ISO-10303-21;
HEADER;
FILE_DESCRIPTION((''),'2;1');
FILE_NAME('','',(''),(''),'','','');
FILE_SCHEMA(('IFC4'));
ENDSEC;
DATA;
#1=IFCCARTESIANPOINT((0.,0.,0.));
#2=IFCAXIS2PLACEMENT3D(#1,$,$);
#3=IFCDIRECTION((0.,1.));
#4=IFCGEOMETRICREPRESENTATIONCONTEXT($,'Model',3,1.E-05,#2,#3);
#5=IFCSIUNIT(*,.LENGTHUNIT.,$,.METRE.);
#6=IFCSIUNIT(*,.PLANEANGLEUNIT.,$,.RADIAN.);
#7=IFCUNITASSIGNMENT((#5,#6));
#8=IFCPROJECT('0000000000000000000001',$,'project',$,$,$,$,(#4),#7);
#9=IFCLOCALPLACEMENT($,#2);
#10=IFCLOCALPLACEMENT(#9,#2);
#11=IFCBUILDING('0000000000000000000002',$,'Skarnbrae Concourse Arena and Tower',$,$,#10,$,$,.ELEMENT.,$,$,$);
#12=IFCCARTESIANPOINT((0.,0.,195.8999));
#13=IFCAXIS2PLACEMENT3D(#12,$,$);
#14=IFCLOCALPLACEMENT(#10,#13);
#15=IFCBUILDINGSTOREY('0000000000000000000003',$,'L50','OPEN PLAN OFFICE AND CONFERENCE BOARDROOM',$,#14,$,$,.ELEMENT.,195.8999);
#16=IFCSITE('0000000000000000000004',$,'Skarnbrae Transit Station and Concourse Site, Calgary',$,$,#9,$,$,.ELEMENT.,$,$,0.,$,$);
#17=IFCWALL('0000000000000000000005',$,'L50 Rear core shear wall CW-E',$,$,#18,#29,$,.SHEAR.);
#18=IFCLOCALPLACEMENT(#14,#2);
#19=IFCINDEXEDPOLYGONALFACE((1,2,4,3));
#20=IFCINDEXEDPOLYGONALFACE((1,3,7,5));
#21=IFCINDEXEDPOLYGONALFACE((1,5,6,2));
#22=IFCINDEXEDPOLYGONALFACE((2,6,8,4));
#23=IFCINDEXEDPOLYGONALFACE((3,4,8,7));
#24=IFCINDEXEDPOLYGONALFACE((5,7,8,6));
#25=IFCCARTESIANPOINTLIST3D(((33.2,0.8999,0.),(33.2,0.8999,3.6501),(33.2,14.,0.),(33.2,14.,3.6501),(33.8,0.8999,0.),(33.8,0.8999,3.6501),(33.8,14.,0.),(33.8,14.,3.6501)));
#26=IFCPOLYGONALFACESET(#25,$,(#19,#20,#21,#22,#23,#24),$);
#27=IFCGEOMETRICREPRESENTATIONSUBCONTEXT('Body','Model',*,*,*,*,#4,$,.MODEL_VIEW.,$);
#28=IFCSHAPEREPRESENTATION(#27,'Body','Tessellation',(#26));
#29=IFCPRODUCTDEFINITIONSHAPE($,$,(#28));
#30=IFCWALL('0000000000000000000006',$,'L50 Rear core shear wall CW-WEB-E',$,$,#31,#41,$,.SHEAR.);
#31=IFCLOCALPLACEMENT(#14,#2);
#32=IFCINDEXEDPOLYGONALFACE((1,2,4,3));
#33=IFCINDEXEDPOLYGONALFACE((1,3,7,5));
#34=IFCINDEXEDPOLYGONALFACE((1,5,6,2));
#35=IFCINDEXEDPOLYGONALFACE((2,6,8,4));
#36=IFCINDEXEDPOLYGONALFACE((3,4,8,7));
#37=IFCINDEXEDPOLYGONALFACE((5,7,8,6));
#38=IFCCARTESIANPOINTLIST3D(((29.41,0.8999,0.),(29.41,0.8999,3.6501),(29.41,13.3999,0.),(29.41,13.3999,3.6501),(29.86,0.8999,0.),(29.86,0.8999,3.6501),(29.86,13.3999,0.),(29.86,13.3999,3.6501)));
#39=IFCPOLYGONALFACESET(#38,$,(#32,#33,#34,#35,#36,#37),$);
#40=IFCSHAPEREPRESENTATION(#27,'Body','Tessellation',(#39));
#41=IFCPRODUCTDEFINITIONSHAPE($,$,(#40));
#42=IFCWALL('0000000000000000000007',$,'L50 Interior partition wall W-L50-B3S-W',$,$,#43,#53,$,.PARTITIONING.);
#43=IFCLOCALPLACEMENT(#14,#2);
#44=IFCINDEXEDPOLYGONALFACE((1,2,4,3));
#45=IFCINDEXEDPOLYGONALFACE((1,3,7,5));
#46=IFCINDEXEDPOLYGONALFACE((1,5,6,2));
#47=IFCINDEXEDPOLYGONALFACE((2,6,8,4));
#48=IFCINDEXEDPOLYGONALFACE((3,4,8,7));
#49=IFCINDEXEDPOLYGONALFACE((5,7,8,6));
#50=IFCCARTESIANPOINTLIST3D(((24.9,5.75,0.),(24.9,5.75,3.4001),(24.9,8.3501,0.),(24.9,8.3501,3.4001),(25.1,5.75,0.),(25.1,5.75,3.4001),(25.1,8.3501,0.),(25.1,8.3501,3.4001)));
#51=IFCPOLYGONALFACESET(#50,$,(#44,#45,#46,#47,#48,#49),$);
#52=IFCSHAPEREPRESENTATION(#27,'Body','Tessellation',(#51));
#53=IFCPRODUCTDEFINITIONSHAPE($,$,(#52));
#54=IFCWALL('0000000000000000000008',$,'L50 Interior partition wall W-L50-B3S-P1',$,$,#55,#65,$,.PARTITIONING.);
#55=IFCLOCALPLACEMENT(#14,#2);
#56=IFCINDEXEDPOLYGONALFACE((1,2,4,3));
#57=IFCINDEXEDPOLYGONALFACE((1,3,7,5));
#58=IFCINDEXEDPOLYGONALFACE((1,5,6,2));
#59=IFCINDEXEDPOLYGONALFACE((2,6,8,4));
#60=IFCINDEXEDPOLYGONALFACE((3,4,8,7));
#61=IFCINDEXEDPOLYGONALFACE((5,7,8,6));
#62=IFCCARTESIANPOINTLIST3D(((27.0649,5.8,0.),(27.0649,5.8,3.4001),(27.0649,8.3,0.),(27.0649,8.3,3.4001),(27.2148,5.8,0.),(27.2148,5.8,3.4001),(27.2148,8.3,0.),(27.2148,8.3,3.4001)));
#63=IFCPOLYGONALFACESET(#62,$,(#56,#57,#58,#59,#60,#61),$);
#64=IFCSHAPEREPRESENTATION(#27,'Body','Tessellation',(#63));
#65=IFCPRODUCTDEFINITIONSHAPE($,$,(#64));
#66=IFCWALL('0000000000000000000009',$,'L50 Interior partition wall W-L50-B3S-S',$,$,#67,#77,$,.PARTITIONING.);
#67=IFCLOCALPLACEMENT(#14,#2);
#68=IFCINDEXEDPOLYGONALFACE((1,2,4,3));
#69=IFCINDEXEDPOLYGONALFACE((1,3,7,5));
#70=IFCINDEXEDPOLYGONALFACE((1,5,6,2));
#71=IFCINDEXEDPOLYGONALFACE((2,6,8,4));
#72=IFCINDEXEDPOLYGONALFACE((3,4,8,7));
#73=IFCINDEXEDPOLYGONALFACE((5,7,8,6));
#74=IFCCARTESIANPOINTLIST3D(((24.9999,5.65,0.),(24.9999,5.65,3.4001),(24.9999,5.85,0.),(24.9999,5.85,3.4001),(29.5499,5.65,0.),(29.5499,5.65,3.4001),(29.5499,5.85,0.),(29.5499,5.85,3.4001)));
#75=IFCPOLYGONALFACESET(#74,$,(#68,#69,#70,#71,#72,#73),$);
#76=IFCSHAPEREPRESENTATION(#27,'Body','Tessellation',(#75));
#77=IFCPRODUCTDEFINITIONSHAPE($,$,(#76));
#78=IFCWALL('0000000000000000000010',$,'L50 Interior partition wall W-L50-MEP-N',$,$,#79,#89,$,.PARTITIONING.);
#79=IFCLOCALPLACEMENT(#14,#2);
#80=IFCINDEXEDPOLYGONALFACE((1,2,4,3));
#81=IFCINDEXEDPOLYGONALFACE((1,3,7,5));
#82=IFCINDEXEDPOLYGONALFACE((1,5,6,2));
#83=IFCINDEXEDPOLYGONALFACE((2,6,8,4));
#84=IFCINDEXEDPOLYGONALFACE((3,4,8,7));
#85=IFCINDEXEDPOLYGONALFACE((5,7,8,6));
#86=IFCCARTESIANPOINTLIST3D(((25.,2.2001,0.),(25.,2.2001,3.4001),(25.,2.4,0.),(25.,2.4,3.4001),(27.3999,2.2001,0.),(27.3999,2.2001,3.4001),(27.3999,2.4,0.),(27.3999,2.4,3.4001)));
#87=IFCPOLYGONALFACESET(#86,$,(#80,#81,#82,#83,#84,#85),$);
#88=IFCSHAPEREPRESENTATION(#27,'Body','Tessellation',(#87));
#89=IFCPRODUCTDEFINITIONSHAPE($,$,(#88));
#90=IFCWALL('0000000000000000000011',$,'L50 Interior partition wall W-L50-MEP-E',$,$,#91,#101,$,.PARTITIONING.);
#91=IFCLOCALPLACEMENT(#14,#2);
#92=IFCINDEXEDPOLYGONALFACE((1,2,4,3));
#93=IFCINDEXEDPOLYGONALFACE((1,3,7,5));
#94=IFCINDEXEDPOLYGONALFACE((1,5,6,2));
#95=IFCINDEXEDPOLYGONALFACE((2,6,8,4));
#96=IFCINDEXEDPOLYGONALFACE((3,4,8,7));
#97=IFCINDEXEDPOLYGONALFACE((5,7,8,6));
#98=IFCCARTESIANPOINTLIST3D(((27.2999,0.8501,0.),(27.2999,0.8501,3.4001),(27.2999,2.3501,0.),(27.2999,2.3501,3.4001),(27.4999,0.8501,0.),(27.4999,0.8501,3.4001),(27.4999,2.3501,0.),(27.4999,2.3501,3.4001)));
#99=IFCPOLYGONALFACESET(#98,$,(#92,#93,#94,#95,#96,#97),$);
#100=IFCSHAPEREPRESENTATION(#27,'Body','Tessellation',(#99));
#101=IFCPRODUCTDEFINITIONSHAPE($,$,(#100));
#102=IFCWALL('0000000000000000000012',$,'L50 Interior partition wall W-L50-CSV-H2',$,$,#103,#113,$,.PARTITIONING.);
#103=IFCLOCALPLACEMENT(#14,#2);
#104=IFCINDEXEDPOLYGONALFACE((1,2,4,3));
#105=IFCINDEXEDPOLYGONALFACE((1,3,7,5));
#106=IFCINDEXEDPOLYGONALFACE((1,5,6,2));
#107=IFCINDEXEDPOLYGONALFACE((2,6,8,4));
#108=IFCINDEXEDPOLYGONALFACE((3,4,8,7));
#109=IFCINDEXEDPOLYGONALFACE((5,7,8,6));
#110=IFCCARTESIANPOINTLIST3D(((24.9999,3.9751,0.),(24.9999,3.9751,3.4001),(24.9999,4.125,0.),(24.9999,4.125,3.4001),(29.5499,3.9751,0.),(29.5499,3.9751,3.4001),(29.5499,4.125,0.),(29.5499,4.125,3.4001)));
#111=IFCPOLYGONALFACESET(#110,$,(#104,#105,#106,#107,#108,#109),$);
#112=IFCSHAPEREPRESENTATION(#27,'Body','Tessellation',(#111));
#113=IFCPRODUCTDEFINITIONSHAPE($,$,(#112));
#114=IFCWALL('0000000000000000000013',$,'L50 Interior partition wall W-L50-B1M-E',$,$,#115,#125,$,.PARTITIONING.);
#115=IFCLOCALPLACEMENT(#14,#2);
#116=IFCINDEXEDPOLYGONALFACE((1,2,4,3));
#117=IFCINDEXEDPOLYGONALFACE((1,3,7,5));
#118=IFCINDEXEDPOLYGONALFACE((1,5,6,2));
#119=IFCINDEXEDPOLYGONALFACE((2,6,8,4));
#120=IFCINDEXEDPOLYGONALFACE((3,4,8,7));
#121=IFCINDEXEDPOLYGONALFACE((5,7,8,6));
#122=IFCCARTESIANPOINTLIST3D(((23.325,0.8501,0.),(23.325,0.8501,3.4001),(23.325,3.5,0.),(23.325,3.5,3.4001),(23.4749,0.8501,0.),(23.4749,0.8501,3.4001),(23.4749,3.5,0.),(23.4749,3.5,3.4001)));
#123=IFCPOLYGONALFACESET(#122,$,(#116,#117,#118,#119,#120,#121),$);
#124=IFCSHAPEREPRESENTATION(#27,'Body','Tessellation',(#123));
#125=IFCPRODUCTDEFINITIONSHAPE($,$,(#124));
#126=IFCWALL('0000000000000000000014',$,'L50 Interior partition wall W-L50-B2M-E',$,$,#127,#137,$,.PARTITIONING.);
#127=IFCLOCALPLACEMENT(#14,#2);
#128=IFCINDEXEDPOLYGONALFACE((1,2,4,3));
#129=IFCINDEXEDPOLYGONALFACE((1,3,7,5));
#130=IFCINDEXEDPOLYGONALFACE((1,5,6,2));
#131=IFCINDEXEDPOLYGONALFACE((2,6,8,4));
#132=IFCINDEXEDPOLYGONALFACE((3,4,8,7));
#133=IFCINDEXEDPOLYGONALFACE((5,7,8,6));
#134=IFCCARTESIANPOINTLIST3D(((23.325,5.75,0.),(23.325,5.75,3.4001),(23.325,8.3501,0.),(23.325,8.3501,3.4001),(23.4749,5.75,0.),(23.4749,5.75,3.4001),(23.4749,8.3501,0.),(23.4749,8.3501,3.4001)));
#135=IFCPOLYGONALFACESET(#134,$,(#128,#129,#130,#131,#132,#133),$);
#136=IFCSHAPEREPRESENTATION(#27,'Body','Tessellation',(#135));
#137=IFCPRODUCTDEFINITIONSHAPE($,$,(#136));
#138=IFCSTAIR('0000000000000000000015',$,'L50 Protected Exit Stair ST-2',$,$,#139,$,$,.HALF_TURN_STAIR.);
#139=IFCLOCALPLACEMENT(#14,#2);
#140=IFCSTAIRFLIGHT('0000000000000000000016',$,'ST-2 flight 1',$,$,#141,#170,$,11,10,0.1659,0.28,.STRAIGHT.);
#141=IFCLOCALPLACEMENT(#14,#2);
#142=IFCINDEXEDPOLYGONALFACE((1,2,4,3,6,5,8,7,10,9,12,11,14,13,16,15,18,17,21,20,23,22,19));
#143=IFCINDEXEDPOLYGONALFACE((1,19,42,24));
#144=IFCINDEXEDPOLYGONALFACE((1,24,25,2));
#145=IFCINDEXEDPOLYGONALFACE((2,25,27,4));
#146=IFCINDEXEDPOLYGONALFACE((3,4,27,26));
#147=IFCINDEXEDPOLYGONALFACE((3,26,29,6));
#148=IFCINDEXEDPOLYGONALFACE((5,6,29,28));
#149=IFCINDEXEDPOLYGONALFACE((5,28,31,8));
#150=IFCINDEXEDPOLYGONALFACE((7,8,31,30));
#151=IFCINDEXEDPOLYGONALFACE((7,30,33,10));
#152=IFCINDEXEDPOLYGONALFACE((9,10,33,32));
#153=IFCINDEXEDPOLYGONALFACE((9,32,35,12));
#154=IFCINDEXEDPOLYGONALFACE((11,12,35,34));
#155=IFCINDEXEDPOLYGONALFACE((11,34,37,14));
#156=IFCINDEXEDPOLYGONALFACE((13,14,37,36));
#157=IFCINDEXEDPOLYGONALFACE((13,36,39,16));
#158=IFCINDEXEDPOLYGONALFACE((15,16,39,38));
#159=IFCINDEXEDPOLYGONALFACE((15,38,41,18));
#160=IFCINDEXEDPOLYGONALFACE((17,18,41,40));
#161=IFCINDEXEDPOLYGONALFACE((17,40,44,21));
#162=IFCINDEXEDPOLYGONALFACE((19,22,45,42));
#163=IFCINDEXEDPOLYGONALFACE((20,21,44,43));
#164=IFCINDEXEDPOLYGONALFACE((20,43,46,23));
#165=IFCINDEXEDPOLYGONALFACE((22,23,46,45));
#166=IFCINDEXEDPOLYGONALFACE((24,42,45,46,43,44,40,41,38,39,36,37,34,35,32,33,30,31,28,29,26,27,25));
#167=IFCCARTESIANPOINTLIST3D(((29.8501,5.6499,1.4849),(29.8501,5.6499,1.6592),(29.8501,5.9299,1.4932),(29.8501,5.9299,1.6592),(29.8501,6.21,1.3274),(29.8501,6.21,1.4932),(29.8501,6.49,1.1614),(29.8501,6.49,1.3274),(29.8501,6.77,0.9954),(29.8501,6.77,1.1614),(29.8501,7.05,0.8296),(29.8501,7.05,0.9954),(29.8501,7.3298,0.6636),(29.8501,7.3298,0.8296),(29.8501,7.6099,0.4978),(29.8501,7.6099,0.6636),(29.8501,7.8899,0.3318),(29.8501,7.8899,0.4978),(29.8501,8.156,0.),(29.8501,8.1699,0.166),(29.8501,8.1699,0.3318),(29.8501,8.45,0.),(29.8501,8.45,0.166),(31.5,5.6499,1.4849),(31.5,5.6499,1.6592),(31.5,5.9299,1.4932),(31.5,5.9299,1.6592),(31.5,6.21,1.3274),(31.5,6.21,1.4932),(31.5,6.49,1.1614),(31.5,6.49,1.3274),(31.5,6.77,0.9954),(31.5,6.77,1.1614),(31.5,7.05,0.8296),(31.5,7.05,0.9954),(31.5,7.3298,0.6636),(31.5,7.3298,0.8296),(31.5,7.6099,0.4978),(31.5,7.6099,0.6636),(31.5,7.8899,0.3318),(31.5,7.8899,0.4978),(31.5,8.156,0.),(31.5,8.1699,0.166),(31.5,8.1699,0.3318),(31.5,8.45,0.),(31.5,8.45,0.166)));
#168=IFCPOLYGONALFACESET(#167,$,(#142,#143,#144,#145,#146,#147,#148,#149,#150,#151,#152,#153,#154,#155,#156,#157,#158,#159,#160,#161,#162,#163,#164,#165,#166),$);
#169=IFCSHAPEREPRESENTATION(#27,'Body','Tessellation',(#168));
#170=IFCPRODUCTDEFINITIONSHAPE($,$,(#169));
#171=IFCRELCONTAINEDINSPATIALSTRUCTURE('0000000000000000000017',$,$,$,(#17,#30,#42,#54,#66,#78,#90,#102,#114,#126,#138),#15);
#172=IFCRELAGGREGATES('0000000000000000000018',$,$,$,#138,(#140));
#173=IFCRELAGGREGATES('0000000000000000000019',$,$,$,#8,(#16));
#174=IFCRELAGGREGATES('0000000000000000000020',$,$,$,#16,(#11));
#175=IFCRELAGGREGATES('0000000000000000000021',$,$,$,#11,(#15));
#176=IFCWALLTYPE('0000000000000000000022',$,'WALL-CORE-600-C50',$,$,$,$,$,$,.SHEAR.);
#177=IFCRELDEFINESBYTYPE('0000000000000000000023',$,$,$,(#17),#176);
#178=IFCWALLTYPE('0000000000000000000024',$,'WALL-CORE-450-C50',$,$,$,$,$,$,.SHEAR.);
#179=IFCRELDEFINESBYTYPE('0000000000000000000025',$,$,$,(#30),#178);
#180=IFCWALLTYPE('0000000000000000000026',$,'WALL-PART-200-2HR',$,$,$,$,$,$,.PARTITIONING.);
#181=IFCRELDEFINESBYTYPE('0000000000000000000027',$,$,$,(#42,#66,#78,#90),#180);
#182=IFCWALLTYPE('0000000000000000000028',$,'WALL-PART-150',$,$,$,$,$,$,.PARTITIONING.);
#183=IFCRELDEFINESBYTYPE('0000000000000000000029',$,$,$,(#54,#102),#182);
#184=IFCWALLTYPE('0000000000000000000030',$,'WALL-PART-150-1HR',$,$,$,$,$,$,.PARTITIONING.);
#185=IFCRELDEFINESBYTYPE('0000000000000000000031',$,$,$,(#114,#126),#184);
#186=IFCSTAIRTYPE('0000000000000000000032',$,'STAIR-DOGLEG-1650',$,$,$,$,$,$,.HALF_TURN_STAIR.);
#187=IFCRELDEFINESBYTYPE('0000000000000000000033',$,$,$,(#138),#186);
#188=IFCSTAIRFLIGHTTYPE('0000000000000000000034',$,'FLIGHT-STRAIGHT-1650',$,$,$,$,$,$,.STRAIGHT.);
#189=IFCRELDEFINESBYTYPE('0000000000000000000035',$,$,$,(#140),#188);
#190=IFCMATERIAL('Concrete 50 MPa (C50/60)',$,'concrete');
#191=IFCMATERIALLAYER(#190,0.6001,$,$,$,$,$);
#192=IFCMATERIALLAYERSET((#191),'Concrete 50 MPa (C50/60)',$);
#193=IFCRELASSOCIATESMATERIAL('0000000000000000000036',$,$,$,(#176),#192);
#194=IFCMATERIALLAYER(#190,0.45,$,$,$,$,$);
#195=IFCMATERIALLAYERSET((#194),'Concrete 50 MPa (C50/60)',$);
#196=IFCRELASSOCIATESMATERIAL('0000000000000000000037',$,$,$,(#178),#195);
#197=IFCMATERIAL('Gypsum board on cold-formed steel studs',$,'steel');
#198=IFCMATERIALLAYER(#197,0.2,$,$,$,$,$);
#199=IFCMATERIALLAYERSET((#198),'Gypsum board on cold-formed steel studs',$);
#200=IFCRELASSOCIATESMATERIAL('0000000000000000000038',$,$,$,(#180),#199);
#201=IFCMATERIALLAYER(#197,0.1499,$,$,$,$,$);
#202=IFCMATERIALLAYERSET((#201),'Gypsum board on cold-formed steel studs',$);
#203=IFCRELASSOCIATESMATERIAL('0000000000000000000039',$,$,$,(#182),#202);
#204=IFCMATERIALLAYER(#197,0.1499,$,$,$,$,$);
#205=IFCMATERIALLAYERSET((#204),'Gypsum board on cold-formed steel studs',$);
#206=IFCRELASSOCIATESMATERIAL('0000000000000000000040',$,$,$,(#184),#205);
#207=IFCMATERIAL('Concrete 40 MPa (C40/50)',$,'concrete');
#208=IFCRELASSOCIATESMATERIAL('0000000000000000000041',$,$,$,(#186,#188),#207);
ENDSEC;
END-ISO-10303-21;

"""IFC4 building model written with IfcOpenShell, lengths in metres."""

from ifc_helpers import new_model, si_unit, direction, frame, frame_2d, origin, place, context, subcontext, project, spatial, polyline, rectangle, outline, extrude, source, transform, mapped, material, layer, layer_set, type_object, element, aggregate, save


model = new_model("IFC4")

# Units and contexts
model_context = context("Model", 3, precision=1e-05, world=origin(), true_north=direction((0.0, 1.0)))
body_context = subcontext(model_context, "Body", "Model", "MODEL_VIEW")
ifc_project = project(units=[si_unit("LENGTHUNIT", "METRE"), si_unit("PLANEANGLEUNIT", "RADIAN")], contexts=[model_context])

# Site, building, storey
site_placement = place(None, origin())
site = spatial("IfcSite", under=ifc_project, at=site_placement, Name="Skarnbrae Transit Station and Concourse Site, Calgary", CompositionType="ELEMENT", RefElevation=0.0)
building_placement = place(site_placement, origin())
building = spatial("IfcBuilding", under=site, at=building_placement, Name="Skarnbrae Concourse Arena and Tower", CompositionType="ELEMENT")
storey_placement = place(building_placement, frame((0.0, 0.0, 195.8999)))
storey = spatial("IfcBuildingStorey", under=building, at=storey_placement, Name="L50", Description="OPEN PLAN OFFICE AND CONFERENCE BOARDROOM", CompositionType="ELEMENT", Elevation=195.8999)

# Walls
ifc_material_1 = material(Name="Concrete 50 MPa (C50/60)", Category="concrete")
ifc_layer_1 = layer(ifc_material_1, 0.6001)
ifc_layer_set_1 = layer_set([ifc_layer_1], Name="Concrete 50 MPa (C50/60)")
wall_type_1 = type_object("IfcWallType", Name="WALL-CORE-600-C50", PredefinedType="SHEAR", material=ifc_layer_set_1)
shared_shape_1 = source(origin(), body_context, "Body", "SweptSolid", [
    extrude(rectangle(XDim=13.1001, YDim=0.6001, at=frame_2d((6.55, 0.0))), origin(), (0.0, 0.0, 1.0), 3.6501),
])
wall_1_placement = place(storey_placement, frame((33.5, 0.8999, 0.0), z_axis=(0.0, 0.0, 1.0), x_axis=(0.0, 1.0, 0.0)))
element("IfcWall", 1, at=wall_1_placement, inside=storey, type_object=wall_type_1, Name="L50 Rear core shear wall CW-E", PredefinedType="SHEAR", context=body_context, shape_type="MappedRepresentation", body=[
    mapped(shared_shape_1, transform((0.0, 0.0, 0.0))),
])
ifc_layer_2 = layer(ifc_material_1, 0.45)
ifc_layer_set_2 = layer_set([ifc_layer_2], Name="Concrete 50 MPa (C50/60)")
wall_type_2 = type_object("IfcWallType", Name="WALL-CORE-450-C50", PredefinedType="SHEAR", material=ifc_layer_set_2)
shared_shape_2 = source(origin(), body_context, "Body", "SweptSolid", [
    extrude(rectangle(XDim=12.5, YDim=0.45, at=frame_2d((6.25, 0.0))), origin(), (0.0, 0.0, 1.0), 3.6501),
])
wall_2_placement = place(storey_placement, frame((29.635, 0.8999, 0.0), z_axis=(0.0, 0.0, 1.0), x_axis=(0.0, 1.0, 0.0)))
element("IfcWall", 2, at=wall_2_placement, inside=storey, type_object=wall_type_2, Name="L50 Rear core shear wall CW-WEB-E", PredefinedType="SHEAR", context=body_context, shape_type="MappedRepresentation", body=[
    mapped(shared_shape_2, transform((0.0, 0.0, 0.0))),
])
ifc_material_2 = material(Name="Gypsum board on cold-formed steel studs", Category="steel")
ifc_layer_3 = layer(ifc_material_2, 0.2)
ifc_layer_set_3 = layer_set([ifc_layer_3], Name="Gypsum board on cold-formed steel studs")
wall_type_3 = type_object("IfcWallType", Name="WALL-PART-200-2HR", PredefinedType="PARTITIONING", material=ifc_layer_set_3)
shared_shape_3 = source(origin(), body_context, "Body", "SweptSolid", [
    extrude(rectangle(XDim=2.6001, YDim=0.2, at=frame_2d((1.3, 0.0))), origin(), (0.0, 0.0, 1.0), 3.4001),
])
wall_3_placement = place(storey_placement, frame((25.0, 5.75, 0.0), z_axis=(0.0, 0.0, 1.0), x_axis=(0.0, 1.0, 0.0)))
element("IfcWall", 3, at=wall_3_placement, inside=storey, type_object=wall_type_3, Name="L50 Interior partition wall W-L50-B3S-W", PredefinedType="PARTITIONING", context=body_context, shape_type="MappedRepresentation", body=[
    mapped(shared_shape_3, transform((0.0, 0.0, 0.0))),
])
ifc_layer_4 = layer(ifc_material_2, 0.1499)
ifc_layer_set_4 = layer_set([ifc_layer_4], Name="Gypsum board on cold-formed steel studs")
wall_type_4 = type_object("IfcWallType", Name="WALL-PART-150", PredefinedType="PARTITIONING", material=ifc_layer_set_4)
shared_shape_4 = source(origin(), body_context, "Body", "SweptSolid", [
    extrude(rectangle(XDim=2.5, YDim=0.1499, at=frame_2d((1.25, 0.0))), origin(), (0.0, 0.0, 1.0), 3.4001),
])
wall_4_placement = place(storey_placement, frame((27.1399, 5.8, 0.0), z_axis=(0.0, 0.0, 1.0), x_axis=(0.0, 1.0, 0.0)))
element("IfcWall", 4, at=wall_4_placement, inside=storey, type_object=wall_type_4, Name="L50 Interior partition wall W-L50-B3S-P1", PredefinedType="PARTITIONING", context=body_context, shape_type="MappedRepresentation", body=[
    mapped(shared_shape_4, transform((0.0, 0.0, 0.0))),
])

# Shared definitions
shared_shape_5 = source(origin(), body_context, "Body", "SweptSolid", [
    extrude(rectangle(XDim=4.55, YDim=0.2, at=frame_2d((2.2749, 0.0))), origin(), (0.0, 0.0, 1.0), 3.4001),
])

# Wall
wall_5_placement = place(storey_placement, frame((25.0, 5.75, 0.0), z_axis=(0.0, 0.0, 1.0), x_axis=(1.0, 0.0, 0.0)))
element("IfcWall", 5, at=wall_5_placement, inside=storey, type_object=wall_type_3, Name="L50 Interior partition wall W-L50-B3S-S", PredefinedType="PARTITIONING", context=body_context, shape_type="MappedRepresentation", body=[
    mapped(shared_shape_5, transform((0.0, 0.0, 0.0))),
])

# Shared definitions
ifc_layer_5 = layer(ifc_material_2, 0.1499)
ifc_layer_set_5 = layer_set([ifc_layer_5], Name="Gypsum board on cold-formed steel studs")
wall_type_5 = type_object("IfcWallType", Name="WALL-PART-150-1HR", PredefinedType="PARTITIONING", material=ifc_layer_set_5)

# Walls
shared_shape_6 = source(origin(), body_context, "Body", "SweptSolid", [
    extrude(rectangle(XDim=2.3999, YDim=0.2, at=frame_2d((1.2, 0.0))), origin(), (0.0, 0.0, 1.0), 3.4001),
])
wall_6_placement = place(storey_placement, frame((25.0, 2.3, 0.0), z_axis=(0.0, 0.0, 1.0), x_axis=(1.0, 0.0, 0.0)))
element("IfcWall", 6, at=wall_6_placement, inside=storey, type_object=wall_type_3, Name="L50 Interior partition wall W-L50-MEP-N", PredefinedType="PARTITIONING", context=body_context, shape_type="MappedRepresentation", body=[
    mapped(shared_shape_6, transform((0.0, 0.0, 0.0))),
])
shared_shape_7 = source(origin(), body_context, "Body", "SweptSolid", [
    extrude(rectangle(XDim=1.5, YDim=0.2, at=frame_2d((0.75, 0.0))), origin(), (0.0, 0.0, 1.0), 3.4001),
])
wall_7_placement = place(storey_placement, frame((27.3999, 0.8501, 0.0), z_axis=(0.0, 0.0, 1.0), x_axis=(0.0, 1.0, 0.0)))
element("IfcWall", 7, at=wall_7_placement, inside=storey, type_object=wall_type_3, Name="L50 Interior partition wall W-L50-MEP-E", PredefinedType="PARTITIONING", context=body_context, shape_type="MappedRepresentation", body=[
    mapped(shared_shape_7, transform((0.0, 0.0, 0.0))),
])
shared_shape_8 = source(origin(), body_context, "Body", "SweptSolid", [
    extrude(rectangle(XDim=4.55, YDim=0.1499, at=frame_2d((2.2749, 0.0))), origin(), (0.0, 0.0, 1.0), 3.4001),
])
wall_8_placement = place(storey_placement, frame((25.0, 4.05, 0.0), z_axis=(0.0, 0.0, 1.0), x_axis=(1.0, 0.0, 0.0)))
element("IfcWall", 8, at=wall_8_placement, inside=storey, type_object=wall_type_4, Name="L50 Interior partition wall W-L50-CSV-H2", PredefinedType="PARTITIONING", context=body_context, shape_type="MappedRepresentation", body=[
    mapped(shared_shape_8, transform((0.0, 0.0, 0.0))),
])
shared_shape_9 = source(origin(), body_context, "Body", "SweptSolid", [
    extrude(rectangle(XDim=2.6499, YDim=0.1499, at=frame_2d((1.325, 0.0))), origin(), (0.0, 0.0, 1.0), 3.4001),
])
wall_9_placement = place(storey_placement, frame((23.3999, 0.8501, 0.0), z_axis=(0.0, 0.0, 1.0), x_axis=(0.0, 1.0, 0.0)))
element("IfcWall", 9, at=wall_9_placement, inside=storey, type_object=wall_type_5, Name="L50 Interior partition wall W-L50-B1M-E", PredefinedType="PARTITIONING", context=body_context, shape_type="MappedRepresentation", body=[
    mapped(shared_shape_9, transform((0.0, 0.0, 0.0))),
])
shared_shape_10 = source(origin(), body_context, "Body", "SweptSolid", [
    extrude(rectangle(XDim=2.6001, YDim=0.1499, at=frame_2d((1.3, 0.0))), origin(), (0.0, 0.0, 1.0), 3.4001),
])
wall_10_placement = place(storey_placement, frame((23.3999, 5.75, 0.0), z_axis=(0.0, 0.0, 1.0), x_axis=(0.0, 1.0, 0.0)))
element("IfcWall", 10, at=wall_10_placement, inside=storey, type_object=wall_type_5, Name="L50 Interior partition wall W-L50-B2M-E", PredefinedType="PARTITIONING", context=body_context, shape_type="MappedRepresentation", body=[
    mapped(shared_shape_10, transform((0.0, 0.0, 0.0))),
])

# Stair, stair flight
ifc_material_3 = material(Name="Concrete 40 MPa (C40/50)", Category="concrete")
stair_type = type_object("IfcStairType", Name="STAIR-DOGLEG-1650", PredefinedType="HALF_TURN_STAIR", material=ifc_material_3)
stair_placement = place(storey_placement, origin())
stair = element("IfcStair", 11, at=stair_placement, inside=storey, type_object=stair_type, Name="L50 Protected Exit Stair ST-2", PredefinedType="HALF_TURN_STAIR")
stair_flight_type = type_object("IfcStairFlightType", Name="FLIGHT-STRAIGHT-1650", PredefinedType="STRAIGHT", material=ifc_material_3)
shared_shape_11 = source(origin(), body_context, "Body", "SweptSolid", [
    extrude(outline(polyline([(0.0, 0.0), (0.0, 0.166), (0.28, 0.166), (0.28, 0.3318), (0.5601, 0.3318), (0.5601, 0.4978), (0.8401, 0.4978), (0.8401, 0.6636), (1.1201, 0.6636), (1.1201, 0.8296), (1.3999, 0.8296), (1.3999, 0.9954), (1.6799, 0.9954), (1.6799, 1.1614), (1.96, 1.1614), (1.96, 1.3274), (2.24, 1.3274), (2.24, 1.4932), (2.52, 1.4932), (2.52, 1.6592), (2.8, 1.6592), (2.8, 1.825), (2.8, 1.4849), (0.2939, 0.0), (0.0, 0.0)])), frame((0.0, 0.825, 0.0), z_axis=(0.0, -1.0, 0.0), x_axis=(1.0, 0.0, 0.0)), (0.0, 0.0, 1.0), 1.6499),
])
stair_flight_1_placement = place(storey_placement, frame((30.675, 8.45, 0.0), z_axis=(0.0, 0.0, 1.0), x_axis=(0.0, -1.0, 0.0)))
stair_flight_1 = element("IfcStairFlight", 12, at=stair_flight_1_placement, type_object=stair_flight_type, Name="ST-2 flight 1", NumberOfRisers=11, NumberOfTreads=10, PredefinedType="STRAIGHT", RiserHeight=0.1659, TreadLength=0.28, context=body_context, shape_type="MappedRepresentation", body=[
    mapped(shared_shape_11, transform((0.0, 0.0, 0.0))),
])
aggregate(stair, [stair_flight_1])

save(model, "model.ifc")
